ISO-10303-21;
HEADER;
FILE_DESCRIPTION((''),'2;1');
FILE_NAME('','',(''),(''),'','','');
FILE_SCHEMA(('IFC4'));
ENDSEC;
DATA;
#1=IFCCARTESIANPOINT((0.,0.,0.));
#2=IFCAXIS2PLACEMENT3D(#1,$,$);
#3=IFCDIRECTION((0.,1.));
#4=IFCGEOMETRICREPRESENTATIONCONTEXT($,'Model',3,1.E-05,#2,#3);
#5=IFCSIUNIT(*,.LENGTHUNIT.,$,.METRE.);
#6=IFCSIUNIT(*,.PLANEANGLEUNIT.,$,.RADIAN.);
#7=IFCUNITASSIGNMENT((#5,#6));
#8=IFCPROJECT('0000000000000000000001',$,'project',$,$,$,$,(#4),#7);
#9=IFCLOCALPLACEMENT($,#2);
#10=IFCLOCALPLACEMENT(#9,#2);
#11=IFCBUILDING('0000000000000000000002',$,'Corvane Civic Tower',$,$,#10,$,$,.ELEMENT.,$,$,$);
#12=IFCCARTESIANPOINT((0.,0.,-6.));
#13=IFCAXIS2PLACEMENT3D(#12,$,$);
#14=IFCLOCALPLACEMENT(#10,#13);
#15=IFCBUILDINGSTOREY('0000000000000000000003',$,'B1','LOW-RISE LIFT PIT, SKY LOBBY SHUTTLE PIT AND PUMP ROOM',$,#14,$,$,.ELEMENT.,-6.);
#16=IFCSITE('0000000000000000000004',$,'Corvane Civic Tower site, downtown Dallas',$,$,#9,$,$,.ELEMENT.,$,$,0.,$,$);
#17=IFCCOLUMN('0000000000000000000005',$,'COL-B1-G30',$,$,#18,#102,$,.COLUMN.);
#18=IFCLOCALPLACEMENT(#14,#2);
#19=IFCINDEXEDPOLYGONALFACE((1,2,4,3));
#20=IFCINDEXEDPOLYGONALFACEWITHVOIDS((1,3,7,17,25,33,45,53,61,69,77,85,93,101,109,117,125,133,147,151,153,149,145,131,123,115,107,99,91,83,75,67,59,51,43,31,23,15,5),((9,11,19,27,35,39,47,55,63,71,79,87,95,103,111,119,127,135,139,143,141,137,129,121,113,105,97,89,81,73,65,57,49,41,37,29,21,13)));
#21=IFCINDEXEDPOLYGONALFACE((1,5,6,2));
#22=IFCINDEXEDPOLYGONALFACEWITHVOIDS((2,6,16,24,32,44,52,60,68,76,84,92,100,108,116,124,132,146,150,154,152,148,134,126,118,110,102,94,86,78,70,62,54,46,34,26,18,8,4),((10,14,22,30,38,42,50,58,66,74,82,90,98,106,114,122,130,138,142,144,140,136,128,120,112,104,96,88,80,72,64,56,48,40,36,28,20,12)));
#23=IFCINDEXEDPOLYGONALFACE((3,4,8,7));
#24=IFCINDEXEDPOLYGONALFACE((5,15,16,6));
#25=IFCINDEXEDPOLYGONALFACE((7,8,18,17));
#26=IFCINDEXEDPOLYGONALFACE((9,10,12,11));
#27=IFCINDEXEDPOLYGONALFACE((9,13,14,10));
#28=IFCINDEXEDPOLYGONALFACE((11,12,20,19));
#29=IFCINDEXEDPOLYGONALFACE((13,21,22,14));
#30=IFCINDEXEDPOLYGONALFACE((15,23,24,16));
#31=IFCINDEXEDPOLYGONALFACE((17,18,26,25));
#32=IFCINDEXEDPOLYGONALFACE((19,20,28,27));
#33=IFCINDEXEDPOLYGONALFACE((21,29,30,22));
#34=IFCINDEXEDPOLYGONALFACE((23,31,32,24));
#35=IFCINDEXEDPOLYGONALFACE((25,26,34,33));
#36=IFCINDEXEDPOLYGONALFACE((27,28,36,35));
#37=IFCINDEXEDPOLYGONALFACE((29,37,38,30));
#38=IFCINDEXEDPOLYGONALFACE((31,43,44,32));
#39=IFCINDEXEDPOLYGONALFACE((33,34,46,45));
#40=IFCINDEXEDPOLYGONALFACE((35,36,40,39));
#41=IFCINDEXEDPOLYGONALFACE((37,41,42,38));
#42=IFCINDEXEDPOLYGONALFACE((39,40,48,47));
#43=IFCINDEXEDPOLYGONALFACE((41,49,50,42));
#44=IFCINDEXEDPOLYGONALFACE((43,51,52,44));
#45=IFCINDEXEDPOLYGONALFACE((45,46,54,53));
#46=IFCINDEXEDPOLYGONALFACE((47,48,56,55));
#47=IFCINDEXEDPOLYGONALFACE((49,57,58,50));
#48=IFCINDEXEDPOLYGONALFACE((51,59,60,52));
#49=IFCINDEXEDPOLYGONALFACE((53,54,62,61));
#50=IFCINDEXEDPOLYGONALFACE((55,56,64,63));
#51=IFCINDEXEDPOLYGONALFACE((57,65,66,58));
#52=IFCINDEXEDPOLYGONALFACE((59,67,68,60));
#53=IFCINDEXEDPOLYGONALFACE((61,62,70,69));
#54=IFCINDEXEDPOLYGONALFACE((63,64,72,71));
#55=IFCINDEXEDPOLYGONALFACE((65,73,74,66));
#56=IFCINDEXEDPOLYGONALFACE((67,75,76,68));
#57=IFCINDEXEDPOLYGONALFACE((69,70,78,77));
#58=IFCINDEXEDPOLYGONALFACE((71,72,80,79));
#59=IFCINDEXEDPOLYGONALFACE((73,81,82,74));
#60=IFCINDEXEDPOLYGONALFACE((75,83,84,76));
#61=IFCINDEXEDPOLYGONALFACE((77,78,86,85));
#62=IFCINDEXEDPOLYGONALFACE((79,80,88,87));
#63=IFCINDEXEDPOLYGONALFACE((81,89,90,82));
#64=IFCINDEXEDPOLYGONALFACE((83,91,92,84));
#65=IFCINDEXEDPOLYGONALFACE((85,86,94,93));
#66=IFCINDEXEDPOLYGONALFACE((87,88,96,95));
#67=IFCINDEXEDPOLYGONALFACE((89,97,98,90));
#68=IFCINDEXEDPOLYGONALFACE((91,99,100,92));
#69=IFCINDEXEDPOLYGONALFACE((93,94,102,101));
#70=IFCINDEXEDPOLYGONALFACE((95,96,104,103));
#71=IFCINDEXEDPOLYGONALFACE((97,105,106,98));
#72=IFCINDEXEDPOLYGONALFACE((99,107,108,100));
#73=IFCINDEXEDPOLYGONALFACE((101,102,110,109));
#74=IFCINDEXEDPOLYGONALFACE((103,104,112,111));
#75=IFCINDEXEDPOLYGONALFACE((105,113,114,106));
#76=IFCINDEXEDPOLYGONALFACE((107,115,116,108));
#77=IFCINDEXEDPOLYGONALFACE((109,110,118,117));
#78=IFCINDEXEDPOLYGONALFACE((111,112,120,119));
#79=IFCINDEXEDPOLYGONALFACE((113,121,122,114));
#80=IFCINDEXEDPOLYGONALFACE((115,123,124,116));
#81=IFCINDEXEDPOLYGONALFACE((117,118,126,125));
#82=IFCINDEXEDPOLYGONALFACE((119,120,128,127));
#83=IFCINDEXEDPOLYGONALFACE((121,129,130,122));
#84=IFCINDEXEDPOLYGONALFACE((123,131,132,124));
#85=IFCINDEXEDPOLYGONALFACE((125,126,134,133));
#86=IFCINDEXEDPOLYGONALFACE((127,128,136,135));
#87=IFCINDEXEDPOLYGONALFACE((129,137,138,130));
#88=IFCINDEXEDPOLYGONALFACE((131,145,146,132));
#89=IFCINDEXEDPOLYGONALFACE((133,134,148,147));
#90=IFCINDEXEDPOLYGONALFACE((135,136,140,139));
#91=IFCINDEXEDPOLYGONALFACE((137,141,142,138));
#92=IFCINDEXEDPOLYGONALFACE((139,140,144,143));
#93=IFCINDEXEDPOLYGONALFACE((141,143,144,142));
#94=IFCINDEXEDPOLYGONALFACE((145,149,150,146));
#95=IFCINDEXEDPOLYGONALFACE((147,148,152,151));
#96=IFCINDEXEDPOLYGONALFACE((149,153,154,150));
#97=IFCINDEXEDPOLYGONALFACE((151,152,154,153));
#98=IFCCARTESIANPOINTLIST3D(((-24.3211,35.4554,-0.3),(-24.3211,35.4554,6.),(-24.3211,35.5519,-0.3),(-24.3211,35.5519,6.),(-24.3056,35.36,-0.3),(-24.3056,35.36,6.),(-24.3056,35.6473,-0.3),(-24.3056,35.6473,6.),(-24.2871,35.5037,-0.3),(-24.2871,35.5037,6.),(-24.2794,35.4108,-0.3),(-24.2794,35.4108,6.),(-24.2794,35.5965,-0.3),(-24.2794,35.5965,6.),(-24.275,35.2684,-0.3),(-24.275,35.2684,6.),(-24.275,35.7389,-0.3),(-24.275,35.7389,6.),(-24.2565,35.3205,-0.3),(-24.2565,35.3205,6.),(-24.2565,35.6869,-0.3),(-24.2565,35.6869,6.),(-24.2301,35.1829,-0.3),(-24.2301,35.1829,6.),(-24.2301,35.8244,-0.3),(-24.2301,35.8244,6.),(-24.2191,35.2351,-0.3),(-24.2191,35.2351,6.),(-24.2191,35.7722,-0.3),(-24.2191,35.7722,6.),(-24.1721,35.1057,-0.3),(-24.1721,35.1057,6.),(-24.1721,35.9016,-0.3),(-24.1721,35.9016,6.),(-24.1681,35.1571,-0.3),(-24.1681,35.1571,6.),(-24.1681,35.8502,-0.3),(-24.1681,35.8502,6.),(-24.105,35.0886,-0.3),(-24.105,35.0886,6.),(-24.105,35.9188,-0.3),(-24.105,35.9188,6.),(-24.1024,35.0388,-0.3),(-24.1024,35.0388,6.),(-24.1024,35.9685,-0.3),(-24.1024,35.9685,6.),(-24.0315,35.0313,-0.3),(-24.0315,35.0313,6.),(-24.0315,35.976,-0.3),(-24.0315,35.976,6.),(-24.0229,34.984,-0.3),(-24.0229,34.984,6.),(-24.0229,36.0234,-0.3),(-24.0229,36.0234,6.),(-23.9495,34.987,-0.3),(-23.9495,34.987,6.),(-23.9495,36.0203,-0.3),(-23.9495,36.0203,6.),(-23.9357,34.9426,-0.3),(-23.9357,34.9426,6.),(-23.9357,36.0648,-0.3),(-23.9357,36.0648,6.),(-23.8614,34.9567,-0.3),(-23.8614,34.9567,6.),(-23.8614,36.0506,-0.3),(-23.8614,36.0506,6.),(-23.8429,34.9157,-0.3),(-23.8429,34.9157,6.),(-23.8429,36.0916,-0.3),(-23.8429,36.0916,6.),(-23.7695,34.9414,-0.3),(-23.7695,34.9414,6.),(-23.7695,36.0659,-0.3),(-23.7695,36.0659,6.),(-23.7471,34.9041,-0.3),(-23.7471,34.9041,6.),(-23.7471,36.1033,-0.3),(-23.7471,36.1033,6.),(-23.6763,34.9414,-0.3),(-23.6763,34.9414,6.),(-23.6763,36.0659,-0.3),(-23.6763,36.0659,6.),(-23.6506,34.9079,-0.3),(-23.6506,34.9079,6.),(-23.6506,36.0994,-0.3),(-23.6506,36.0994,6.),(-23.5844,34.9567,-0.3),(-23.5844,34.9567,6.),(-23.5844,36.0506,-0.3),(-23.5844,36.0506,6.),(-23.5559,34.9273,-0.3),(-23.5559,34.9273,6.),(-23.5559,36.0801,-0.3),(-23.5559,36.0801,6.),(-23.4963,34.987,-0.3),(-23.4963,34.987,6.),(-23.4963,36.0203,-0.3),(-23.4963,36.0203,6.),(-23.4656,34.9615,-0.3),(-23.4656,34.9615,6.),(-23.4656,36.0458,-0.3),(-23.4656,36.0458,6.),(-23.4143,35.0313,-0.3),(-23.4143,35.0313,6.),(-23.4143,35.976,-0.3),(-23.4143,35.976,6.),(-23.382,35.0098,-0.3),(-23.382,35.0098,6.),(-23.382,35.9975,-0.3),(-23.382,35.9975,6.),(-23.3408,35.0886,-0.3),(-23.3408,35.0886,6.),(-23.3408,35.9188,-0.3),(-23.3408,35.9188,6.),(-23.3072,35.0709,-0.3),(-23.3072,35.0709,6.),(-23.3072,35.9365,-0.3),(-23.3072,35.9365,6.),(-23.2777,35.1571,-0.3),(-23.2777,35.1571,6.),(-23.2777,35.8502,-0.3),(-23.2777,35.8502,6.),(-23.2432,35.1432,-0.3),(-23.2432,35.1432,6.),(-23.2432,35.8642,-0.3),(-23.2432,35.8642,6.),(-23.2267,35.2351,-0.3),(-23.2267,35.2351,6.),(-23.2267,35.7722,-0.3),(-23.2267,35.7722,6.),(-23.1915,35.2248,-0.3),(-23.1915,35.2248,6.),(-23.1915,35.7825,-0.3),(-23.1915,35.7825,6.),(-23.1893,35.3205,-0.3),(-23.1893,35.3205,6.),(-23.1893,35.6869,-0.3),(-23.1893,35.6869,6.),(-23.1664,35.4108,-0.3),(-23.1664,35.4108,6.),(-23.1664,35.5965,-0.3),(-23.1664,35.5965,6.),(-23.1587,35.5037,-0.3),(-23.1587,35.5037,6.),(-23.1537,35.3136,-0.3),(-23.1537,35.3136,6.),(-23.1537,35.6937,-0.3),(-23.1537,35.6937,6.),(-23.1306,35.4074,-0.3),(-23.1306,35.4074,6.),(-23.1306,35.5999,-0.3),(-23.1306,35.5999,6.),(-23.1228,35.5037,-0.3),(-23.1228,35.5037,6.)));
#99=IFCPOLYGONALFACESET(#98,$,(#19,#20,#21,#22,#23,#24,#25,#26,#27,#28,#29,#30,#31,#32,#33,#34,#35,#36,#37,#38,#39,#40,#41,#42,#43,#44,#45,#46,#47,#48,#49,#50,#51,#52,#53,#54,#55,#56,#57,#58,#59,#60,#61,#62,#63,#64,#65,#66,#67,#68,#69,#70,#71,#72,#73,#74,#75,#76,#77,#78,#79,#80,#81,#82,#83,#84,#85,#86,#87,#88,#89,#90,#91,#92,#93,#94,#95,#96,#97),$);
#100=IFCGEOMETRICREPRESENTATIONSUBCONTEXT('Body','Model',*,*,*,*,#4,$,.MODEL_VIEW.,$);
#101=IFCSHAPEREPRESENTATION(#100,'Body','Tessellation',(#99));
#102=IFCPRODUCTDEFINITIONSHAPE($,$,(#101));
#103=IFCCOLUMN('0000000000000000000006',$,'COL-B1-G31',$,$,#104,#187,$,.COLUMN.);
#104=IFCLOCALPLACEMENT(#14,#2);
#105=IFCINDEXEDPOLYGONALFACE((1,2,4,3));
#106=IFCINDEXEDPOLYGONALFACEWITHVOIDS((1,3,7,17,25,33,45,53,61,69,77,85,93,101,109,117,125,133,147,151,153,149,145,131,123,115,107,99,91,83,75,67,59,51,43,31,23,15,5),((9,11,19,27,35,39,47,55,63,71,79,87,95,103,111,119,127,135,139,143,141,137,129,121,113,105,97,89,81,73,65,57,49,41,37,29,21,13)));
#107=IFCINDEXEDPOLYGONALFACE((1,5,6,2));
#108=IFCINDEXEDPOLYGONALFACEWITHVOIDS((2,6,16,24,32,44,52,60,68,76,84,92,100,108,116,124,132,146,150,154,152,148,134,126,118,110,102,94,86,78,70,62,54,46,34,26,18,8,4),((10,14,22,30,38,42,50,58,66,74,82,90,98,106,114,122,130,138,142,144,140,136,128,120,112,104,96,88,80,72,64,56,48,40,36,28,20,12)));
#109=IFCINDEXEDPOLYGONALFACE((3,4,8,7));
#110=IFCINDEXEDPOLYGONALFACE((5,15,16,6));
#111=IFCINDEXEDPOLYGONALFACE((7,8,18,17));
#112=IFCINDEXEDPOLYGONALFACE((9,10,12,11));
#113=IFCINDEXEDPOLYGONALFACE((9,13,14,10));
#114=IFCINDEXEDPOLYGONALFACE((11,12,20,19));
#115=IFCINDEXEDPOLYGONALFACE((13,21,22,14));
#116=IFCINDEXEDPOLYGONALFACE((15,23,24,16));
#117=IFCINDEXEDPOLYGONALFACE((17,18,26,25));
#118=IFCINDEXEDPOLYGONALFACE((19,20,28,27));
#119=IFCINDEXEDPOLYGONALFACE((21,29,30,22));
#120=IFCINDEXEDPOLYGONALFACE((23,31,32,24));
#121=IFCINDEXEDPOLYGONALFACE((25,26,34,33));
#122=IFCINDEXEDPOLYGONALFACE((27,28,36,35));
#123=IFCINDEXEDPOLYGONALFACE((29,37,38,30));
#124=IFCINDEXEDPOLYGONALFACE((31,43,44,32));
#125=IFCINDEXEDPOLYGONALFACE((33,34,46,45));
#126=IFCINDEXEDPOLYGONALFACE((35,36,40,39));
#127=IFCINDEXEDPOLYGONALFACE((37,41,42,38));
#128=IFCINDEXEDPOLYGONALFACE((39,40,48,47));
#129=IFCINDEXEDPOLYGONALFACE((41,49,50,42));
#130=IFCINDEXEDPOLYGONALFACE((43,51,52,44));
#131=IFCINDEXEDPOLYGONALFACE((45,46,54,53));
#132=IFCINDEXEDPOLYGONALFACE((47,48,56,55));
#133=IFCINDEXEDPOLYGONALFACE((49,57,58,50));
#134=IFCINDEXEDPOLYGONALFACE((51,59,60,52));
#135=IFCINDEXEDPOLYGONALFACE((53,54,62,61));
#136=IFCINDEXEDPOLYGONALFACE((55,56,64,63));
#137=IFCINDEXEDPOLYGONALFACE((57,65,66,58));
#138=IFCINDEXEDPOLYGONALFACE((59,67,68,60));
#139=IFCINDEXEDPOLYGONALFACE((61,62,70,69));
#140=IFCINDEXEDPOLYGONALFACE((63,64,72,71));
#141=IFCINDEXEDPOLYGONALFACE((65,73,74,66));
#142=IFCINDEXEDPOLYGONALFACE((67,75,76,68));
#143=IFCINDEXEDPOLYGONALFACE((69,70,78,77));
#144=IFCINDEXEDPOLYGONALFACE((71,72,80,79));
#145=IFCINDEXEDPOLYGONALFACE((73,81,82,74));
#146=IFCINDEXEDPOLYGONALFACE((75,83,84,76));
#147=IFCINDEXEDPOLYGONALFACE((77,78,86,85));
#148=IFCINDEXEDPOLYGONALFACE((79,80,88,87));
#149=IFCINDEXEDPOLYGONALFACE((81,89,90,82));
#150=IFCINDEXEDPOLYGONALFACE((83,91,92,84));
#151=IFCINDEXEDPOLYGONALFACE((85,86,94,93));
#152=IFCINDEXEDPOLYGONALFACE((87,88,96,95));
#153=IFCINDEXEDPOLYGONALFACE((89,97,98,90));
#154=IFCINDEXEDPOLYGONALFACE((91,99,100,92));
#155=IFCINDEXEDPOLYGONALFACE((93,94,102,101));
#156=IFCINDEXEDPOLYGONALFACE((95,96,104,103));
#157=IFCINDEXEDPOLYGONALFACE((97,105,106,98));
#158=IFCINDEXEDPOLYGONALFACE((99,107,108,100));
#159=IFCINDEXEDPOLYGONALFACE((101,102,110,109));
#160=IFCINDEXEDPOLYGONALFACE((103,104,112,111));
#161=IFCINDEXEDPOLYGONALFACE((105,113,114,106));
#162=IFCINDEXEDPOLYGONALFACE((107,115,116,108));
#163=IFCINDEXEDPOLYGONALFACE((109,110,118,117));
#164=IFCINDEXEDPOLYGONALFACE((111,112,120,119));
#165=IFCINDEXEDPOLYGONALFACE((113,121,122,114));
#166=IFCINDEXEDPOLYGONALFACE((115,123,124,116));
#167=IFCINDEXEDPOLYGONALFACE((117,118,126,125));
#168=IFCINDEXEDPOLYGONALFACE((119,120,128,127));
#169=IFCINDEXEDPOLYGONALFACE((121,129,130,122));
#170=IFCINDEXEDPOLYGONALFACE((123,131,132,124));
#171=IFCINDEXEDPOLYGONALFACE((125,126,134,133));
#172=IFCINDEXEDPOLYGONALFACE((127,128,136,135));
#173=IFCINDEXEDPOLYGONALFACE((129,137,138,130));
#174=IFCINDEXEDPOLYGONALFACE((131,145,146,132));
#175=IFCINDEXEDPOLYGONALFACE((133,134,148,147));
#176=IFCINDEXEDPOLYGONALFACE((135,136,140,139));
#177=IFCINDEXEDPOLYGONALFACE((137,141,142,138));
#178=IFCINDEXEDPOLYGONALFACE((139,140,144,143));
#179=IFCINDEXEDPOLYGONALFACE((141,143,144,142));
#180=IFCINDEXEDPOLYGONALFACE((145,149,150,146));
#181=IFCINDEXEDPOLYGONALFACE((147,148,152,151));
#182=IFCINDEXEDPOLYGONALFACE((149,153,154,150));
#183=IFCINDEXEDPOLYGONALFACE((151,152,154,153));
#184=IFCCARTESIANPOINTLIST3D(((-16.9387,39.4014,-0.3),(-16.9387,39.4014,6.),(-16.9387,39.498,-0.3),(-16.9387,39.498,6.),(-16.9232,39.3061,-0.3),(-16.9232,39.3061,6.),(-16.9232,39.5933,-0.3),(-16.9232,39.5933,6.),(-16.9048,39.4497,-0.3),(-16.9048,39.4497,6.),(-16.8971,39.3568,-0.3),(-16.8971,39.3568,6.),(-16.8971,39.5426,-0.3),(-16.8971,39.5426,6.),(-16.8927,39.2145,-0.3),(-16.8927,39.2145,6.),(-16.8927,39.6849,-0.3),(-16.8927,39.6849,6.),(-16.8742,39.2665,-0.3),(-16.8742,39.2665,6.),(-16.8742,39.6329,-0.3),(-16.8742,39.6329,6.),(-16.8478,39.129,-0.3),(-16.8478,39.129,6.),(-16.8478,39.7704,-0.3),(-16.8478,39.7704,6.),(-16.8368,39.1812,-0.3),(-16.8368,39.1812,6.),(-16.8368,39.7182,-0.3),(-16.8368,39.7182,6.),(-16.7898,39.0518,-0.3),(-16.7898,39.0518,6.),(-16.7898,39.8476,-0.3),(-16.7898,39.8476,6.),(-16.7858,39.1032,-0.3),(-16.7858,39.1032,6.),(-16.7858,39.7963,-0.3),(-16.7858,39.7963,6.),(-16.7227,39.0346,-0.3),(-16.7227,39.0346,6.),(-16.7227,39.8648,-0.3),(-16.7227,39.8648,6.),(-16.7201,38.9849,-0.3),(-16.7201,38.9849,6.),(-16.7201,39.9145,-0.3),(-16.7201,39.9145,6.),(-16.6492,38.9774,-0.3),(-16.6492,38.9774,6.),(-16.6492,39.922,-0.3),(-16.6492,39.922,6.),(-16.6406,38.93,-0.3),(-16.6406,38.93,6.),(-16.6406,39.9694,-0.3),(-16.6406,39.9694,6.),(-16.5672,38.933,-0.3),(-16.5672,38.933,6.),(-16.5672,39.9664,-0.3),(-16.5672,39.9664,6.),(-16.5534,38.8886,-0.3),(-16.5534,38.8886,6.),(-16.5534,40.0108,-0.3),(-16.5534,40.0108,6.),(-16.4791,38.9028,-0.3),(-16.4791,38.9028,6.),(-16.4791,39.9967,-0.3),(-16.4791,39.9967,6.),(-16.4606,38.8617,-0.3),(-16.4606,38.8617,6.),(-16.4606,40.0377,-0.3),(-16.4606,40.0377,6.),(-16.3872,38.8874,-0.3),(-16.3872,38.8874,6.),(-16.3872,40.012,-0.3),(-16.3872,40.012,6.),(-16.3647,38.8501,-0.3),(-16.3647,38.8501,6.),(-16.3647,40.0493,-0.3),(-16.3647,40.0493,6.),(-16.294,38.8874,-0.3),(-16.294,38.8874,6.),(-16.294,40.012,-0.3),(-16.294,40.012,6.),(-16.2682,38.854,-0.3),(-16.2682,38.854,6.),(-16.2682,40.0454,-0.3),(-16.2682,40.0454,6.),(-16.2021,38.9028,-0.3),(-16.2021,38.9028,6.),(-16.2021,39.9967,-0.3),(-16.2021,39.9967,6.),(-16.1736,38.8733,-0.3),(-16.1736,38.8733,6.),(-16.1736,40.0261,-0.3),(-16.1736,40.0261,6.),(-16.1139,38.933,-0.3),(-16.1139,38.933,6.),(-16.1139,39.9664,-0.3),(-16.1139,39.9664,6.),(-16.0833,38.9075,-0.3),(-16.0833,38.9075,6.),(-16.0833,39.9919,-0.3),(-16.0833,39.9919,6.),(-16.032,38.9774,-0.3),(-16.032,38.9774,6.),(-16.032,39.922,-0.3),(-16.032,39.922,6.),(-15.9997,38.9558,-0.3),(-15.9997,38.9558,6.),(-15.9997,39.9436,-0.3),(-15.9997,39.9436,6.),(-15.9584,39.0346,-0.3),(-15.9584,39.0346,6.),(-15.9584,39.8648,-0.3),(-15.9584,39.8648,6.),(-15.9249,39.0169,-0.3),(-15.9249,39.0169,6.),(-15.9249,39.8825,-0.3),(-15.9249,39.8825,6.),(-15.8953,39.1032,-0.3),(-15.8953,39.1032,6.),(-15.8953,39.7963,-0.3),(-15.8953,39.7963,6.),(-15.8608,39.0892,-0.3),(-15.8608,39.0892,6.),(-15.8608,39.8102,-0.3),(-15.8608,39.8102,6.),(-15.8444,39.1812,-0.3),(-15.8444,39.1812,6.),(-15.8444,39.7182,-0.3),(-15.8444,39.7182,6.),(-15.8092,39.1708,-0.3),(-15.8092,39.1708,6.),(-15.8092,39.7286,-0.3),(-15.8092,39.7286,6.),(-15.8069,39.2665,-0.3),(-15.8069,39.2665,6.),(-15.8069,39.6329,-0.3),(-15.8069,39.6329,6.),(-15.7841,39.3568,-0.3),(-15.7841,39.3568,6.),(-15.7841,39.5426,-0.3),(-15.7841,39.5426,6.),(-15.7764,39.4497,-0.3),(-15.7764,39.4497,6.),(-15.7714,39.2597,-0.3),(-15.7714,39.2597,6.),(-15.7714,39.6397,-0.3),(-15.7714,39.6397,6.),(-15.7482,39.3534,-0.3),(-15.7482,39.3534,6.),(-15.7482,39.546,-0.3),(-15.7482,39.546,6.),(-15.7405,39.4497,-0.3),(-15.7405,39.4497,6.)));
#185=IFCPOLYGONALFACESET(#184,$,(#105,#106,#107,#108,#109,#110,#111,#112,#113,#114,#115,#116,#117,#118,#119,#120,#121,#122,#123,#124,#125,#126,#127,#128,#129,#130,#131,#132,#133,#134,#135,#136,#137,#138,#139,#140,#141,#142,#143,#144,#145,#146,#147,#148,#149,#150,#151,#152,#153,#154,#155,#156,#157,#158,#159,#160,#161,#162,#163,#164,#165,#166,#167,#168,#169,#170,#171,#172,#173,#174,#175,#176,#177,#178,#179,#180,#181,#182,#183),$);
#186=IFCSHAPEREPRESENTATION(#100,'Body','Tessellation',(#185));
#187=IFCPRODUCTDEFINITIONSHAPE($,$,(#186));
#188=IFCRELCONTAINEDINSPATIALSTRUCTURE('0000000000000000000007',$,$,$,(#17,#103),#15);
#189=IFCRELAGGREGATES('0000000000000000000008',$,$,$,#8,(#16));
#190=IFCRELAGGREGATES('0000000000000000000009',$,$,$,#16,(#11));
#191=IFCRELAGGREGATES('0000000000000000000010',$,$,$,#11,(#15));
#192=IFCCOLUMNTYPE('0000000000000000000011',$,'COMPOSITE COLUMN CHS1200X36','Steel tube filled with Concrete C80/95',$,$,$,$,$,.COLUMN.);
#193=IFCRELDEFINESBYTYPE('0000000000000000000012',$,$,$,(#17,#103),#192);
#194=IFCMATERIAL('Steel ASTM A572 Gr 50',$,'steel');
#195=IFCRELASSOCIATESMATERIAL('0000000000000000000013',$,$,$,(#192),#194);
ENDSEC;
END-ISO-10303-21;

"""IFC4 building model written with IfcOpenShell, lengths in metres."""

from ifc_helpers import new_model, si_unit, direction, frame, origin, origin_2d, place, context, subcontext, project, spatial, hollow_circle, extrude, material, material_profile, profile_set, type_object, element, save


model = new_model("IFC4")

# Units and contexts
model_context = context("Model", 3, precision=1e-05, world=origin(), true_north=direction((0.0, 1.0)))
body_context = subcontext(model_context, "Body", "Model", "MODEL_VIEW")
ifc_project = project(units=[si_unit("LENGTHUNIT", "METRE"), si_unit("PLANEANGLEUNIT", "RADIAN")], contexts=[model_context])

# Site, building, storey
site_placement = place(None, origin())
site = spatial("IfcSite", under=ifc_project, at=site_placement, Name="Corvane Civic Tower site, downtown Dallas", CompositionType="ELEMENT", RefElevation=0.0)
building_placement = place(site_placement, origin())
building = spatial("IfcBuilding", under=site, at=building_placement, Name="Corvane Civic Tower", CompositionType="ELEMENT")
storey_placement = place(building_placement, frame((0.0, 0.0, -6.0)))
storey = spatial("IfcBuildingStorey", under=building, at=storey_placement, Name="B1", Description="LOW-RISE LIFT PIT, SKY LOBBY SHUTTLE PIT AND PUMP ROOM", CompositionType="ELEMENT", Elevation=-6.0)

# Columns
ifc_material_1 = material(Name="Steel ASTM A572 Gr 50", Category="steel")
ifc_material_profile_1 = material_profile(ifc_material_1, hollow_circle(Radius=0.6001, WallThickness=0.0359, at=origin_2d()), Name="CHS1200X36")
ifc_profile_set_1 = profile_set([ifc_material_profile_1], Name="Steel ASTM A572 Gr 50")
column_type_1 = type_object("IfcColumnType", Name="COMPOSITE COLUMN CHS1200X36", Description="Steel tube filled with Concrete C80/95", PredefinedType="COLUMN", material=ifc_profile_set_1)
for number, where, z_axis, x_axis, name in (
    (1, (-23.7229, 35.5037, -0.3), (0.0, 0.0, 1.0), (1.0, 0.0, 0.0), "COL-B1-G30"),
    (2, (-16.3406, 39.4497, -0.3), (0.0, 0.0, 1.0), (1.0, 0.0, 0.0), "COL-B1-G31"),
):
    element("IfcColumn", number, at=place(storey_placement, frame(where, z_axis=z_axis, x_axis=x_axis)), inside=storey, type_object=column_type_1, Name=name, PredefinedType="COLUMN", context=body_context, shape_type="SweptSolid", body=[
        extrude(hollow_circle(Radius=0.6001, WallThickness=0.0359, at=origin_2d()), origin(), (0.0, 0.0, 1.0), 6.3),
    ])

save(model, "model.ifc")
